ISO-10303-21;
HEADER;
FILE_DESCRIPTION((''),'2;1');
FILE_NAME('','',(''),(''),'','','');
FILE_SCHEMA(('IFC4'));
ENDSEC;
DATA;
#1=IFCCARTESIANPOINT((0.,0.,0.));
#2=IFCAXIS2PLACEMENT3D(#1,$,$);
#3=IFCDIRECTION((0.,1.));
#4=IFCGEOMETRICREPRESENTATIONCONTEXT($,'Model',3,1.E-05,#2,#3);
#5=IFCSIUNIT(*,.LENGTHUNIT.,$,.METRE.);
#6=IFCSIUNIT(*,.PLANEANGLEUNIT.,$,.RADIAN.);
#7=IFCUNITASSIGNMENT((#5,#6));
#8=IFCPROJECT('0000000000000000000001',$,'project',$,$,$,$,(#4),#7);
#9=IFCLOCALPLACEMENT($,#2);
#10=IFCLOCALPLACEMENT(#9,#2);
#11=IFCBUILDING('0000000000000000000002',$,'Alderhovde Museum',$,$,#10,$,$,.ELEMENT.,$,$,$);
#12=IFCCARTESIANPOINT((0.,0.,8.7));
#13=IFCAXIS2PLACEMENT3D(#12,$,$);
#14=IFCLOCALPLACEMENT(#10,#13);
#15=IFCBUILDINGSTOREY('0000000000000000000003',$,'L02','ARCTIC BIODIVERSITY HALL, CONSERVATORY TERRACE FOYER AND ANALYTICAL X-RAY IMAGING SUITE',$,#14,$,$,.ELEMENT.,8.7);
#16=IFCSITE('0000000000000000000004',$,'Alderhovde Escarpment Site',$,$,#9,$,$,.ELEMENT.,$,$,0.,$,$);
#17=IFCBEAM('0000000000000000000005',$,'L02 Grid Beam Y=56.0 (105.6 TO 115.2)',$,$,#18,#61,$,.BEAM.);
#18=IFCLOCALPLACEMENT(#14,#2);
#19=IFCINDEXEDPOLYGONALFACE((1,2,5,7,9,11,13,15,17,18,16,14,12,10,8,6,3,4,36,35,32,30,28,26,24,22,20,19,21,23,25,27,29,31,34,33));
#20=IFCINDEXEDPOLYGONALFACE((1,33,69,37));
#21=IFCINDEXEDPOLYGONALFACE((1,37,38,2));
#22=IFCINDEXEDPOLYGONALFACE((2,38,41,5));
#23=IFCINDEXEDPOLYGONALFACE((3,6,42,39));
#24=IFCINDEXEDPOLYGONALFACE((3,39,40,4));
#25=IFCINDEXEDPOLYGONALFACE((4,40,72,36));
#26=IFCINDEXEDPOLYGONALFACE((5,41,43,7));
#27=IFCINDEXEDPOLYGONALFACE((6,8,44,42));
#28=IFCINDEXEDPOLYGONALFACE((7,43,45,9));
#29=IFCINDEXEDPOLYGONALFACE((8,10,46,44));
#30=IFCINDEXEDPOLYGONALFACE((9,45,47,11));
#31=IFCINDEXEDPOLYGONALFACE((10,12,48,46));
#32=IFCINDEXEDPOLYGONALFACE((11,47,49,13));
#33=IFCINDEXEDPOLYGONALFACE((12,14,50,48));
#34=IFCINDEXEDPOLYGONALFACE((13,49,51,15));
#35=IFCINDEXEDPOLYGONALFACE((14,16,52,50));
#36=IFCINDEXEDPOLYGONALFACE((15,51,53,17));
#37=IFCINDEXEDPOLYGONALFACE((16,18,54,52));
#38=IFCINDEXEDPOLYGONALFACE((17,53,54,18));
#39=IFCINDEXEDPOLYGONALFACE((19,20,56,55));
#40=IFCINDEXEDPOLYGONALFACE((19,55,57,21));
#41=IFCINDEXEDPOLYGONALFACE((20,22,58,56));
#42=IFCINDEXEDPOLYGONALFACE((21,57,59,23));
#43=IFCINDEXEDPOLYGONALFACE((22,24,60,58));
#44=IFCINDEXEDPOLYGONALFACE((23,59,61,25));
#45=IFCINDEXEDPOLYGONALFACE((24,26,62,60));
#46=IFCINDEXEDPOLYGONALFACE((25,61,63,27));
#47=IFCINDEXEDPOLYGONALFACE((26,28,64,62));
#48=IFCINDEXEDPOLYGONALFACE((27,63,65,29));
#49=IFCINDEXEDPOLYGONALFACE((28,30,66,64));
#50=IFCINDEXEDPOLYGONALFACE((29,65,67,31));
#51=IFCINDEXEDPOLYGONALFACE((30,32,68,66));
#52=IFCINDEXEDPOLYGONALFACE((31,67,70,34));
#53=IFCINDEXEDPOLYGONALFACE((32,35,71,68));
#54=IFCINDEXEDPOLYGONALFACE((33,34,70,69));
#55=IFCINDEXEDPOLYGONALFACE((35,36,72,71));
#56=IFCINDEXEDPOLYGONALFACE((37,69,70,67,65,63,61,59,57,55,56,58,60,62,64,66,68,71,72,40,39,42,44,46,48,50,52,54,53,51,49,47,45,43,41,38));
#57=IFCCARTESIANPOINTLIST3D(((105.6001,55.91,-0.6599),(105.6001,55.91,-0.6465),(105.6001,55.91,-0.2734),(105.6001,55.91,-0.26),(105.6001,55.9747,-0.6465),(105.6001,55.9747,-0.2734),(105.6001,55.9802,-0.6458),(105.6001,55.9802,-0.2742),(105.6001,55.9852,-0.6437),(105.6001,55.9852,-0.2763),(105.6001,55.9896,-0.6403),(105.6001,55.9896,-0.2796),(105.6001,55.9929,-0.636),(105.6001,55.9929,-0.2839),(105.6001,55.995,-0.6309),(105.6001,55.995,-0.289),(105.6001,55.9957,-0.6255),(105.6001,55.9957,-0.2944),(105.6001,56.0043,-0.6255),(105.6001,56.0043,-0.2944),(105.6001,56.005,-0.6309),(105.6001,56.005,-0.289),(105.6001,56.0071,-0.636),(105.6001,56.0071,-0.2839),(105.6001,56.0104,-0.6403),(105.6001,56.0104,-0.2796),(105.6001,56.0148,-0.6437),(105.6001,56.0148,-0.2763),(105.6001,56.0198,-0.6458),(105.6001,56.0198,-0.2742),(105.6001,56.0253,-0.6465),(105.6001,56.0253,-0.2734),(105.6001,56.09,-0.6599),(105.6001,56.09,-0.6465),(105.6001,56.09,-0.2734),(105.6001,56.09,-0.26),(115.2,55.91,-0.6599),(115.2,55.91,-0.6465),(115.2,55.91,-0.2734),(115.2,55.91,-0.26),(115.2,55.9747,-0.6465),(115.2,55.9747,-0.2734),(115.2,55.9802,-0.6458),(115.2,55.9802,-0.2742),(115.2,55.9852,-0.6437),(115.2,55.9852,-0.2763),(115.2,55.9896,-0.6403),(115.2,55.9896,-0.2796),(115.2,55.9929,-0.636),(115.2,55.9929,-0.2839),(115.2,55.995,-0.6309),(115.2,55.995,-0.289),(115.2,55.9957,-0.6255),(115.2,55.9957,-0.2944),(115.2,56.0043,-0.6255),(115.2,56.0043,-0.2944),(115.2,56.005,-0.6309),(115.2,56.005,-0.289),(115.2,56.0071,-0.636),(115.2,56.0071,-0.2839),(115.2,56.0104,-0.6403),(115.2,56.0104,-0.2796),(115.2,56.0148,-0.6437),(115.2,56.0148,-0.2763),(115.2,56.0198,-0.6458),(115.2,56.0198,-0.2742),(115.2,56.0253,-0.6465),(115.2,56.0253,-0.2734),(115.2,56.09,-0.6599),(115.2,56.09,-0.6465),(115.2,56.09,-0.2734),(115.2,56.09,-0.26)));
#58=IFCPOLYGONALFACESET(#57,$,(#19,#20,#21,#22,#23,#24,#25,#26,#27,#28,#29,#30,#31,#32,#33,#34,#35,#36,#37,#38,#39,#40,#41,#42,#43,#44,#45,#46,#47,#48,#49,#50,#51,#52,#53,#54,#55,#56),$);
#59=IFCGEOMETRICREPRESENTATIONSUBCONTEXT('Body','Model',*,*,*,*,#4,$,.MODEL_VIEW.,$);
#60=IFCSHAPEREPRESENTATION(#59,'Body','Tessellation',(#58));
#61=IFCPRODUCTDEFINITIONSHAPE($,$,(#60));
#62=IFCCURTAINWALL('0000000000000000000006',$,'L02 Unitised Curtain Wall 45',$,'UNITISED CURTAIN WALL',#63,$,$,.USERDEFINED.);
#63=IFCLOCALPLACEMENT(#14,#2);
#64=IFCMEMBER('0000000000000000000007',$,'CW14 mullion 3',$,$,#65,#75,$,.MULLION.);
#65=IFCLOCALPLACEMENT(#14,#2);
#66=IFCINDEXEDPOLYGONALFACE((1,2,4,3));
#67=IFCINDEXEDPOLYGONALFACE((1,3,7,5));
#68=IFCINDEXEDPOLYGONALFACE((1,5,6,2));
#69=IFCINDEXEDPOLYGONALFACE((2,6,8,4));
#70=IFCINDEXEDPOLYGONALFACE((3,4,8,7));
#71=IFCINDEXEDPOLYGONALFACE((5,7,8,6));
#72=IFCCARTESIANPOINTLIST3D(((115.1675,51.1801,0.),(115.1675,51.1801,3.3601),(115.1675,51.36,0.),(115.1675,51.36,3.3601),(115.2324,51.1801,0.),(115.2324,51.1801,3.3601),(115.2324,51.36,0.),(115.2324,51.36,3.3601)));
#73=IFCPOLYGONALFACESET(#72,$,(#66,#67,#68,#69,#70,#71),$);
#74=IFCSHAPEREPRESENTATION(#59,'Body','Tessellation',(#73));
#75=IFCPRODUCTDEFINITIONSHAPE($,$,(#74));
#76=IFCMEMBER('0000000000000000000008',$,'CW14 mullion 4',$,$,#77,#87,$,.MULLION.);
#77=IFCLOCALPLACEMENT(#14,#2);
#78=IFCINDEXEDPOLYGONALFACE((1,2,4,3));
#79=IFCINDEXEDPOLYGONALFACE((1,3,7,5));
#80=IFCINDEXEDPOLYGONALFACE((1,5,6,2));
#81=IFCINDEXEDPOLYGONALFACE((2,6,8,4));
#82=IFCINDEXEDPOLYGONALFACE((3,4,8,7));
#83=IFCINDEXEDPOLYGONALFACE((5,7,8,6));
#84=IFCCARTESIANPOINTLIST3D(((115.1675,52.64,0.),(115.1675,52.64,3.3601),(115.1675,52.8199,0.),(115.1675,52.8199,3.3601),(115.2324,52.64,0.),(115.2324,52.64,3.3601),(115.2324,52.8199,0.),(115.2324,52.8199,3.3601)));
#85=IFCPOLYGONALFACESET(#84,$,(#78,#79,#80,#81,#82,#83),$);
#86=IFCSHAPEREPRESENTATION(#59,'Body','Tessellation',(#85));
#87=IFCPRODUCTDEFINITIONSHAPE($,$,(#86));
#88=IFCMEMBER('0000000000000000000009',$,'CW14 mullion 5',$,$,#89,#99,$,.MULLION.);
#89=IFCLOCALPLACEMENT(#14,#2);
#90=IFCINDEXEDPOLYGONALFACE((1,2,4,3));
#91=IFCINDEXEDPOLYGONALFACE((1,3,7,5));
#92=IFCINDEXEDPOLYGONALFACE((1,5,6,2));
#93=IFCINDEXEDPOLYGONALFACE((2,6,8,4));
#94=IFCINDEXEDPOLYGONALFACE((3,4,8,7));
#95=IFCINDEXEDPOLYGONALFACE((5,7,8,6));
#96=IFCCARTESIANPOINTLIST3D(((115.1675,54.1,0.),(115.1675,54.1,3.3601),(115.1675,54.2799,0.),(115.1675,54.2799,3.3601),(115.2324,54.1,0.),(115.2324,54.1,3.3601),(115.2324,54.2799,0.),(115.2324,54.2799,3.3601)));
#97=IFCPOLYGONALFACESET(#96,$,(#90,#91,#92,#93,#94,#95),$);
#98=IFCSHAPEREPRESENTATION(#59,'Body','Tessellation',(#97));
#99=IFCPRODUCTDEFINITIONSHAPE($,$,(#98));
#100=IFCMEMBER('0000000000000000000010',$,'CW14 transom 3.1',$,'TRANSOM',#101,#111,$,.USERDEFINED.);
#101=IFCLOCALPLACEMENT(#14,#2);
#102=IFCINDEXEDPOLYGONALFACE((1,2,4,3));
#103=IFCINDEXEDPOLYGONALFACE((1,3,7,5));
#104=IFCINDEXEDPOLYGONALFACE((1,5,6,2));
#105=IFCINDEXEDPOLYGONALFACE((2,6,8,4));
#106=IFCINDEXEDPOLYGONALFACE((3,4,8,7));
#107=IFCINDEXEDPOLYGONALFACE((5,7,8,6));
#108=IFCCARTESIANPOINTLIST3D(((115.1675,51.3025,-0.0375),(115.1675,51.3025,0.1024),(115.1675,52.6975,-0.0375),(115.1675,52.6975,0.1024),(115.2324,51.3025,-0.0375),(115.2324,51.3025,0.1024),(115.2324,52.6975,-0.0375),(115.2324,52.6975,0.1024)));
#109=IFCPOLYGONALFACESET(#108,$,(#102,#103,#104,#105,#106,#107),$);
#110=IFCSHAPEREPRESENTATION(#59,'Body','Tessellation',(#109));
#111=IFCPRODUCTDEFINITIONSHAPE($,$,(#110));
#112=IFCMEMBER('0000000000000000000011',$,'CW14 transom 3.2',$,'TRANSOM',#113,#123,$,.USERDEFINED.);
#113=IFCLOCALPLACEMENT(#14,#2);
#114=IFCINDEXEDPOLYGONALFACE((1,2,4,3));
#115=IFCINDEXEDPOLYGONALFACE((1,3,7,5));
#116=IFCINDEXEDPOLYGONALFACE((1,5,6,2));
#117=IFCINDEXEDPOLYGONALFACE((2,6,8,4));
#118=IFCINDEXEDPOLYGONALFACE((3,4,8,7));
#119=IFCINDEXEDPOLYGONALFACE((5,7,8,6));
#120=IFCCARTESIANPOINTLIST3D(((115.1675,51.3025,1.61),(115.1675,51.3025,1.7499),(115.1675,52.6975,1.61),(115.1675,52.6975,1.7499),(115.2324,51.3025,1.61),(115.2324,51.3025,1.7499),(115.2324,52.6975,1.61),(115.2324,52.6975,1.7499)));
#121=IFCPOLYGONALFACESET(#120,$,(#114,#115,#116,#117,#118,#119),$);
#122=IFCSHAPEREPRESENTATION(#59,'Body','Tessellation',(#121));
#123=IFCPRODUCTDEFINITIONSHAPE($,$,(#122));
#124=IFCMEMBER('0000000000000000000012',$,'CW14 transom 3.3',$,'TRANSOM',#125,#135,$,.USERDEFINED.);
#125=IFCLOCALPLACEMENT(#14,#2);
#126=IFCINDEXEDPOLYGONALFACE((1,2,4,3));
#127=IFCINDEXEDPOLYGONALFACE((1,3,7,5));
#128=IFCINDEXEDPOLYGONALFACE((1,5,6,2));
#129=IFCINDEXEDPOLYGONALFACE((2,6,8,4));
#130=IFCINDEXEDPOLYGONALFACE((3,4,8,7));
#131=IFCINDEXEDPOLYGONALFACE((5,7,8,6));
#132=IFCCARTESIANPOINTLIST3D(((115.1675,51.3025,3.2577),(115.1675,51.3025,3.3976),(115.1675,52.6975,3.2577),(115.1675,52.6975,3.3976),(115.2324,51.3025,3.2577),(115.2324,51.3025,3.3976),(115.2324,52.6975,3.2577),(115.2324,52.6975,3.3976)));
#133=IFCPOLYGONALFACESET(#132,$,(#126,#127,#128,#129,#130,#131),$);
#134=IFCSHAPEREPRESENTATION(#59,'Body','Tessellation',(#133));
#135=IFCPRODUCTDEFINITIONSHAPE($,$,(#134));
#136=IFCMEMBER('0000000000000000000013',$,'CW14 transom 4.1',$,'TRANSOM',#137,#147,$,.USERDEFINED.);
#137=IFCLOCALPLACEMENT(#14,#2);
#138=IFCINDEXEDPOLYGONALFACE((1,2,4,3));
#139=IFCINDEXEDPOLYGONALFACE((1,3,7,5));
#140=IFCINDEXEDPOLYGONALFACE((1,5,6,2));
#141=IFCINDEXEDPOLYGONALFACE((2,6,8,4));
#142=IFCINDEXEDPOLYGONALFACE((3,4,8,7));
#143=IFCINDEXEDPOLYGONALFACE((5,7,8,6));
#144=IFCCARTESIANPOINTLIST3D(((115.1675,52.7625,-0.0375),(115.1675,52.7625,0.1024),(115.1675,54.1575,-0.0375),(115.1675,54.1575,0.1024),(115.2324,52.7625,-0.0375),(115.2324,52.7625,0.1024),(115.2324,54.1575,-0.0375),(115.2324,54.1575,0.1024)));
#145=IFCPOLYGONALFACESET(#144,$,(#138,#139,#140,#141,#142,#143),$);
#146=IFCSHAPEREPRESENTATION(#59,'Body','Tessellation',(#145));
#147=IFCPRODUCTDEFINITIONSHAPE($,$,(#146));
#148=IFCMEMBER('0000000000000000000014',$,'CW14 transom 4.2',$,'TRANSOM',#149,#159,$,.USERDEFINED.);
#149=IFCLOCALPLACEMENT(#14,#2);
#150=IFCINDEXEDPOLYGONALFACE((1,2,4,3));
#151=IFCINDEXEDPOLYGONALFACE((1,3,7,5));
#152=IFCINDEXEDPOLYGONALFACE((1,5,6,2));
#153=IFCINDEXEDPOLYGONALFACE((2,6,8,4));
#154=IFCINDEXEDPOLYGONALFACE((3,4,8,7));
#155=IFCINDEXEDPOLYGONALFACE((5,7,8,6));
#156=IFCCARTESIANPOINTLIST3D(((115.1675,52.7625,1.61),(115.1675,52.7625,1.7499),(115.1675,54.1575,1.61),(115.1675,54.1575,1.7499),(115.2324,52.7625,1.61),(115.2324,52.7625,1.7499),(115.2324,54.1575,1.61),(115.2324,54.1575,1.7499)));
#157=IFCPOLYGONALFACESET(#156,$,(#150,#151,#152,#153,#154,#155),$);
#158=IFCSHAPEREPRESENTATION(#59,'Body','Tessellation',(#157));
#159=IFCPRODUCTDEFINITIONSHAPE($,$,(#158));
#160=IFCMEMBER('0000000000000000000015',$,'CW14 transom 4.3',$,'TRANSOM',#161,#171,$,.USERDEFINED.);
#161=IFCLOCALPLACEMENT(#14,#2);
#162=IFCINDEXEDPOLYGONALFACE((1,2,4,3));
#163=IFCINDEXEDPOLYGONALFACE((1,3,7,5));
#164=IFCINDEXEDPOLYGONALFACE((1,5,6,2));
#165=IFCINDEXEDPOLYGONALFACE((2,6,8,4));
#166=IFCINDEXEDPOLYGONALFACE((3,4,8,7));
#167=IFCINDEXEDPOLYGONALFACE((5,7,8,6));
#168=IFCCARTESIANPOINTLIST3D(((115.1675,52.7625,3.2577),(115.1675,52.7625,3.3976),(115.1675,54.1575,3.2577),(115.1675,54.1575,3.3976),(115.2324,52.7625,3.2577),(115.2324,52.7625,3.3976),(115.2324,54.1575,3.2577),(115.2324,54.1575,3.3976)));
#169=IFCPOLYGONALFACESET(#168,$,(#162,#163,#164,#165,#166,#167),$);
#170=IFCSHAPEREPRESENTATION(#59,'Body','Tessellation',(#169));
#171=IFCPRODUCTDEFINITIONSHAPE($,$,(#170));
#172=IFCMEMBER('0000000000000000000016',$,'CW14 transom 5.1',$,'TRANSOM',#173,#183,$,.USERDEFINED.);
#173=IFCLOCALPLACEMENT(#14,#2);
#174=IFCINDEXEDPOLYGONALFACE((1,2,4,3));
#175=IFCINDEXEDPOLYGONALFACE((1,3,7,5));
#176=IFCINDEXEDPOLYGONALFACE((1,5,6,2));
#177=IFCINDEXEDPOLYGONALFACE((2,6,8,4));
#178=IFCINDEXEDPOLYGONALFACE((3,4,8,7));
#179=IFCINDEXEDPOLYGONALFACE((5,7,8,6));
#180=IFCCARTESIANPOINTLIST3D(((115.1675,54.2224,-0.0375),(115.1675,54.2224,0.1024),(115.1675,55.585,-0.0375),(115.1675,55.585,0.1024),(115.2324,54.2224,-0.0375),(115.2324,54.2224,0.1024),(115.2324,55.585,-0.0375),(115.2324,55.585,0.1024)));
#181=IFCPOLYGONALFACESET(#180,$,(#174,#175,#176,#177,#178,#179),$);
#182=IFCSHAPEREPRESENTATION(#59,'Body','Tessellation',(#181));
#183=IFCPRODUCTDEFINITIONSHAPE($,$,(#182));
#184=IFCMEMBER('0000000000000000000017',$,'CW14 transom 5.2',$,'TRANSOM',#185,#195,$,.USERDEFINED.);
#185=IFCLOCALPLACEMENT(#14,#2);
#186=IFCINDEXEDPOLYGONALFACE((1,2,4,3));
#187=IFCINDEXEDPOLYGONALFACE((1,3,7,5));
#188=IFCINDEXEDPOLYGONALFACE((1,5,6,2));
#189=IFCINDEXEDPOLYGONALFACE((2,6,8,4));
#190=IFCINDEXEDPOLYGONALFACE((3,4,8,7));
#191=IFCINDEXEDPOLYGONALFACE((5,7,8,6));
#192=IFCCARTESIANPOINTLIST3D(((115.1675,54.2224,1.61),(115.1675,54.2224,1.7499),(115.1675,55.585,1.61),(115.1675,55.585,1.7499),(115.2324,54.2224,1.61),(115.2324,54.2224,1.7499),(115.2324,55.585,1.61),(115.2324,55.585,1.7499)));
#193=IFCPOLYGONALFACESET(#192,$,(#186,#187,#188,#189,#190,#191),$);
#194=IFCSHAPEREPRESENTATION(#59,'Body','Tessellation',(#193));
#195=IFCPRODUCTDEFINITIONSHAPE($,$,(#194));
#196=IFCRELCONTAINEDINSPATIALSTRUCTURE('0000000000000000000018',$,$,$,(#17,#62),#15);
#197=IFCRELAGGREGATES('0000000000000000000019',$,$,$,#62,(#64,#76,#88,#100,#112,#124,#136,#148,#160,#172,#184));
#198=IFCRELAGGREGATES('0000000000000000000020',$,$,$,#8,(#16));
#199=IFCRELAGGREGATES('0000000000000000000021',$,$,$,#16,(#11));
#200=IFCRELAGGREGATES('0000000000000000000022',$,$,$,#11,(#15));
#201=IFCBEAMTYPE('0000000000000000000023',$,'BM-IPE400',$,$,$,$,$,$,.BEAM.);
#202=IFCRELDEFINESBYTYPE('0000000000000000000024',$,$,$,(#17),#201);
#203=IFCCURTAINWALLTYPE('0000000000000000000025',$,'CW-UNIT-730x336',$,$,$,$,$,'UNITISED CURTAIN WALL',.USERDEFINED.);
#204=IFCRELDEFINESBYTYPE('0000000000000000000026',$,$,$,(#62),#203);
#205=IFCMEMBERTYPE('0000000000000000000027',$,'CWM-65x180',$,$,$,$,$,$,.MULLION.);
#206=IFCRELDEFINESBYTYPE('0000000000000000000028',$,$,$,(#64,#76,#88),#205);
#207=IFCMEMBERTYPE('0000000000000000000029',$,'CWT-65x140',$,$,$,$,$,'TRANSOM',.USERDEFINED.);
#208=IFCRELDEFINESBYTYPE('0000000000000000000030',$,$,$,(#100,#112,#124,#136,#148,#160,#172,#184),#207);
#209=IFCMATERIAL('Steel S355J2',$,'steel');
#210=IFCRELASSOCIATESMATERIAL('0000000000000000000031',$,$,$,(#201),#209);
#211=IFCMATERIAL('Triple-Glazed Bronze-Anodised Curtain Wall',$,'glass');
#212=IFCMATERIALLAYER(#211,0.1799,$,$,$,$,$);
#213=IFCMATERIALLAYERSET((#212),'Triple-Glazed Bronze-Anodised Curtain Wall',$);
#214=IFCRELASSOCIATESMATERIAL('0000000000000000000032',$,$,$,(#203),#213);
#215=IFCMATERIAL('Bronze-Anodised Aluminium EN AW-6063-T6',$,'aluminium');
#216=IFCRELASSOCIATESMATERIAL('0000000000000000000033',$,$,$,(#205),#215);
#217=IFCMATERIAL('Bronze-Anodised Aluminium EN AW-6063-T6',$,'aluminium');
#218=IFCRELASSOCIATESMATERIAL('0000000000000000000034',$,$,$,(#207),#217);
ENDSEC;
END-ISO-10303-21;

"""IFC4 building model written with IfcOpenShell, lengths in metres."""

from ifc_helpers import new_model, si_unit, direction, frame, origin, origin_2d, place, context, subcontext, project, spatial, rectangle, i_section, extrude, material, layer, layer_set, material_profile, profile_set, type_object, element, aggregate, save


model = new_model("IFC4")

# Units and contexts
model_context = context("Model", 3, precision=1e-05, world=origin(), true_north=direction((0.0, 1.0)))
body_context = subcontext(model_context, "Body", "Model", "MODEL_VIEW")
ifc_project = project(units=[si_unit("LENGTHUNIT", "METRE"), si_unit("PLANEANGLEUNIT", "RADIAN")], contexts=[model_context])

# Site, building, storey
site_placement = place(None, origin())
site = spatial("IfcSite", under=ifc_project, at=site_placement, Name="Alderhovde Escarpment Site", CompositionType="ELEMENT", RefElevation=0.0)
building_placement = place(site_placement, origin())
building = spatial("IfcBuilding", under=site, at=building_placement, Name="Alderhovde Museum", CompositionType="ELEMENT")
storey_placement = place(building_placement, frame((0.0, 0.0, 8.7)))
storey = spatial("IfcBuildingStorey", under=building, at=storey_placement, Name="L02", Description="ARCTIC BIODIVERSITY HALL, CONSERVATORY TERRACE FOYER AND ANALYTICAL X-RAY IMAGING SUITE", CompositionType="ELEMENT", Elevation=8.7)

# Beam
ifc_material_1 = material(Name="Steel S355J2", Category="steel")
ifc_material_profile_1 = material_profile(ifc_material_1, i_section(OverallWidth=0.1799, OverallDepth=0.3999, WebThickness=0.0085, FlangeThickness=0.0134, FilletRadius=0.021, at=origin_2d()), Name="IPE 400")
ifc_profile_set_1 = profile_set([ifc_material_profile_1], Name="Steel S355J2")
beam_type_1 = type_object("IfcBeamType", Name="BM-IPE400", PredefinedType="BEAM", material=ifc_profile_set_1)
beam_1_placement = place(storey_placement, frame((105.6001, 56.0, -0.46), z_axis=(1.0, 0.0, 0.0), x_axis=(0.0, 1.0, 0.0)))
element("IfcBeam", 1, at=beam_1_placement, inside=storey, type_object=beam_type_1, Name="L02 Grid Beam Y=56.0 (105.6 TO 115.2)", PredefinedType="BEAM", context=body_context, shape_type="SweptSolid", body=[
    extrude(i_section(OverallWidth=0.1799, OverallDepth=0.3999, WebThickness=0.0085, FlangeThickness=0.0134, FilletRadius=0.021, at=origin_2d()), origin(), (0.0, 0.0, 1.0), 9.5999),
])

# Curtain wall, members
ifc_material_2 = material(Name="Triple-Glazed Bronze-Anodised Curtain Wall", Category="glass")
ifc_layer_1 = layer(ifc_material_2, 0.1799)
ifc_layer_set_1 = layer_set([ifc_layer_1], Name="Triple-Glazed Bronze-Anodised Curtain Wall")
curtain_wall_type = type_object("IfcCurtainWallType", Name="CW-UNIT-730x336", ElementType="UNITISED CURTAIN WALL", PredefinedType="USERDEFINED", material=ifc_layer_set_1)
curtain_wall_placement = place(storey_placement, origin())
curtain_wall = element("IfcCurtainWall", 2, at=curtain_wall_placement, inside=storey, type_object=curtain_wall_type, Name="L02 Unitised Curtain Wall 45", ObjectType="UNITISED CURTAIN WALL", PredefinedType="USERDEFINED")
ifc_material_3 = material(Name="Bronze-Anodised Aluminium EN AW-6063-T6", Category="aluminium")
ifc_material_profile_2 = material_profile(ifc_material_3, rectangle(XDim=0.0649, YDim=0.1799, at=origin_2d()), Name="MULLION 65x180")
ifc_profile_set_2 = profile_set([ifc_material_profile_2], Name="Bronze-Anodised Aluminium EN AW-6063-T6")
member_type_1 = type_object("IfcMemberType", Name="CWM-65x180", PredefinedType="MULLION", material=ifc_profile_set_2)
member_1_placement = place(storey_placement, frame((115.2, 51.27, 0.0), z_axis=(0.0, 0.0, 1.0), x_axis=(-1.0, 0.0, 0.0)))
member_1 = element("IfcMember", 3, at=member_1_placement, type_object=member_type_1, Name="CW14 mullion 3", PredefinedType="MULLION", context=body_context, shape_type="SweptSolid", body=[
    extrude(rectangle(XDim=0.0649, YDim=0.1799, at=origin_2d()), origin(), (0.0, 0.0, 1.0), 3.3601),
])
member_2_placement = place(storey_placement, frame((115.2, 52.73, 0.0), z_axis=(0.0, 0.0, 1.0), x_axis=(-1.0, 0.0, 0.0)))
member_2 = element("IfcMember", 4, at=member_2_placement, type_object=member_type_1, Name="CW14 mullion 4", PredefinedType="MULLION", context=body_context, shape_type="SweptSolid", body=[
    extrude(rectangle(XDim=0.0649, YDim=0.1799, at=origin_2d()), origin(), (0.0, 0.0, 1.0), 3.3601),
])
member_3_placement = place(storey_placement, frame((115.2, 54.1899, 0.0), z_axis=(0.0, 0.0, 1.0), x_axis=(-1.0, 0.0, 0.0)))
member_3 = element("IfcMember", 5, at=member_3_placement, type_object=member_type_1, Name="CW14 mullion 5", PredefinedType="MULLION", context=body_context, shape_type="SweptSolid", body=[
    extrude(rectangle(XDim=0.0649, YDim=0.1799, at=origin_2d()), origin(), (0.0, 0.0, 1.0), 3.3601),
])
ifc_material_4 = material(Name="Bronze-Anodised Aluminium EN AW-6063-T6", Category="aluminium")
ifc_material_profile_3 = material_profile(ifc_material_4, rectangle(XDim=0.0649, YDim=0.1399, at=origin_2d()), Name="TRANSOM 65x140")
ifc_profile_set_3 = profile_set([ifc_material_profile_3], Name="Bronze-Anodised Aluminium EN AW-6063-T6")
member_type_2 = type_object("IfcMemberType", Name="CWT-65x140", ElementType="TRANSOM", PredefinedType="USERDEFINED", material=ifc_profile_set_3)
member_4_placement = place(storey_placement, frame((115.2, 51.3025, 0.0325), z_axis=(0.0, 1.0, 0.0), x_axis=(-1.0, 0.0, 0.0)))
member_4 = element("IfcMember", 6, at=member_4_placement, type_object=member_type_2, Name="CW14 transom 3.1", ObjectType="TRANSOM", PredefinedType="USERDEFINED", context=body_context, shape_type="SweptSolid", body=[
    extrude(rectangle(XDim=0.0649, YDim=0.1399, at=origin_2d()), origin(), (0.0, 0.0, 1.0), 1.395),
])
member_5_placement = place(storey_placement, frame((115.2, 51.3025, 1.6799), z_axis=(0.0, 1.0, 0.0), x_axis=(-1.0, 0.0, 0.0)))
member_5 = element("IfcMember", 7, at=member_5_placement, type_object=member_type_2, Name="CW14 transom 3.2", ObjectType="TRANSOM", PredefinedType="USERDEFINED", context=body_context, shape_type="SweptSolid", body=[
    extrude(rectangle(XDim=0.0649, YDim=0.1399, at=origin_2d()), origin(), (0.0, 0.0, 1.0), 1.395),
])
member_6_placement = place(storey_placement, frame((115.2, 51.3025, 3.3276), z_axis=(0.0, 1.0, 0.0), x_axis=(-1.0, 0.0, 0.0)))
member_6 = element("IfcMember", 8, at=member_6_placement, type_object=member_type_2, Name="CW14 transom 3.3", ObjectType="TRANSOM", PredefinedType="USERDEFINED", context=body_context, shape_type="SweptSolid", body=[
    extrude(rectangle(XDim=0.0649, YDim=0.1399, at=origin_2d()), origin(), (0.0, 0.0, 1.0), 1.395),
])
member_7_placement = place(storey_placement, frame((115.2, 52.7625, 0.0325), z_axis=(0.0, 1.0, 0.0), x_axis=(-1.0, 0.0, 0.0)))
member_7 = element("IfcMember", 9, at=member_7_placement, type_object=member_type_2, Name="CW14 transom 4.1", ObjectType="TRANSOM", PredefinedType="USERDEFINED", context=body_context, shape_type="SweptSolid", body=[
    extrude(rectangle(XDim=0.0649, YDim=0.1399, at=origin_2d()), origin(), (0.0, 0.0, 1.0), 1.395),
])
member_8_placement = place(storey_placement, frame((115.2, 52.7625, 1.6799), z_axis=(0.0, 1.0, 0.0), x_axis=(-1.0, 0.0, 0.0)))
member_8 = element("IfcMember", 10, at=member_8_placement, type_object=member_type_2, Name="CW14 transom 4.2", ObjectType="TRANSOM", PredefinedType="USERDEFINED", context=body_context, shape_type="SweptSolid", body=[
    extrude(rectangle(XDim=0.0649, YDim=0.1399, at=origin_2d()), origin(), (0.0, 0.0, 1.0), 1.395),
])
member_9_placement = place(storey_placement, frame((115.2, 52.7625, 3.3276), z_axis=(0.0, 1.0, 0.0), x_axis=(-1.0, 0.0, 0.0)))
member_9 = element("IfcMember", 11, at=member_9_placement, type_object=member_type_2, Name="CW14 transom 4.3", ObjectType="TRANSOM", PredefinedType="USERDEFINED", context=body_context, shape_type="SweptSolid", body=[
    extrude(rectangle(XDim=0.0649, YDim=0.1399, at=origin_2d()), origin(), (0.0, 0.0, 1.0), 1.395),
])
member_10_placement = place(storey_placement, frame((115.2, 54.2224, 0.0325), z_axis=(0.0, 1.0, 0.0), x_axis=(-1.0, 0.0, 0.0)))
member_10 = element("IfcMember", 12, at=member_10_placement, type_object=member_type_2, Name="CW14 transom 5.1", ObjectType="TRANSOM", PredefinedType="USERDEFINED", context=body_context, shape_type="SweptSolid", body=[
    extrude(rectangle(XDim=0.0649, YDim=0.1399, at=origin_2d()), origin(), (0.0, 0.0, 1.0), 1.3625),
])
member_11_placement = place(storey_placement, frame((115.2, 54.2224, 1.6799), z_axis=(0.0, 1.0, 0.0), x_axis=(-1.0, 0.0, 0.0)))
member_11 = element("IfcMember", 13, at=member_11_placement, type_object=member_type_2, Name="CW14 transom 5.2", ObjectType="TRANSOM", PredefinedType="USERDEFINED", context=body_context, shape_type="SweptSolid", body=[
    extrude(rectangle(XDim=0.0649, YDim=0.1399, at=origin_2d()), origin(), (0.0, 0.0, 1.0), 1.3625),
])

aggregate(curtain_wall, [member_1, member_2, member_3, member_4, member_5, member_6, member_7, member_8, member_9, member_10, member_11])

save(model, "model.ifc")
